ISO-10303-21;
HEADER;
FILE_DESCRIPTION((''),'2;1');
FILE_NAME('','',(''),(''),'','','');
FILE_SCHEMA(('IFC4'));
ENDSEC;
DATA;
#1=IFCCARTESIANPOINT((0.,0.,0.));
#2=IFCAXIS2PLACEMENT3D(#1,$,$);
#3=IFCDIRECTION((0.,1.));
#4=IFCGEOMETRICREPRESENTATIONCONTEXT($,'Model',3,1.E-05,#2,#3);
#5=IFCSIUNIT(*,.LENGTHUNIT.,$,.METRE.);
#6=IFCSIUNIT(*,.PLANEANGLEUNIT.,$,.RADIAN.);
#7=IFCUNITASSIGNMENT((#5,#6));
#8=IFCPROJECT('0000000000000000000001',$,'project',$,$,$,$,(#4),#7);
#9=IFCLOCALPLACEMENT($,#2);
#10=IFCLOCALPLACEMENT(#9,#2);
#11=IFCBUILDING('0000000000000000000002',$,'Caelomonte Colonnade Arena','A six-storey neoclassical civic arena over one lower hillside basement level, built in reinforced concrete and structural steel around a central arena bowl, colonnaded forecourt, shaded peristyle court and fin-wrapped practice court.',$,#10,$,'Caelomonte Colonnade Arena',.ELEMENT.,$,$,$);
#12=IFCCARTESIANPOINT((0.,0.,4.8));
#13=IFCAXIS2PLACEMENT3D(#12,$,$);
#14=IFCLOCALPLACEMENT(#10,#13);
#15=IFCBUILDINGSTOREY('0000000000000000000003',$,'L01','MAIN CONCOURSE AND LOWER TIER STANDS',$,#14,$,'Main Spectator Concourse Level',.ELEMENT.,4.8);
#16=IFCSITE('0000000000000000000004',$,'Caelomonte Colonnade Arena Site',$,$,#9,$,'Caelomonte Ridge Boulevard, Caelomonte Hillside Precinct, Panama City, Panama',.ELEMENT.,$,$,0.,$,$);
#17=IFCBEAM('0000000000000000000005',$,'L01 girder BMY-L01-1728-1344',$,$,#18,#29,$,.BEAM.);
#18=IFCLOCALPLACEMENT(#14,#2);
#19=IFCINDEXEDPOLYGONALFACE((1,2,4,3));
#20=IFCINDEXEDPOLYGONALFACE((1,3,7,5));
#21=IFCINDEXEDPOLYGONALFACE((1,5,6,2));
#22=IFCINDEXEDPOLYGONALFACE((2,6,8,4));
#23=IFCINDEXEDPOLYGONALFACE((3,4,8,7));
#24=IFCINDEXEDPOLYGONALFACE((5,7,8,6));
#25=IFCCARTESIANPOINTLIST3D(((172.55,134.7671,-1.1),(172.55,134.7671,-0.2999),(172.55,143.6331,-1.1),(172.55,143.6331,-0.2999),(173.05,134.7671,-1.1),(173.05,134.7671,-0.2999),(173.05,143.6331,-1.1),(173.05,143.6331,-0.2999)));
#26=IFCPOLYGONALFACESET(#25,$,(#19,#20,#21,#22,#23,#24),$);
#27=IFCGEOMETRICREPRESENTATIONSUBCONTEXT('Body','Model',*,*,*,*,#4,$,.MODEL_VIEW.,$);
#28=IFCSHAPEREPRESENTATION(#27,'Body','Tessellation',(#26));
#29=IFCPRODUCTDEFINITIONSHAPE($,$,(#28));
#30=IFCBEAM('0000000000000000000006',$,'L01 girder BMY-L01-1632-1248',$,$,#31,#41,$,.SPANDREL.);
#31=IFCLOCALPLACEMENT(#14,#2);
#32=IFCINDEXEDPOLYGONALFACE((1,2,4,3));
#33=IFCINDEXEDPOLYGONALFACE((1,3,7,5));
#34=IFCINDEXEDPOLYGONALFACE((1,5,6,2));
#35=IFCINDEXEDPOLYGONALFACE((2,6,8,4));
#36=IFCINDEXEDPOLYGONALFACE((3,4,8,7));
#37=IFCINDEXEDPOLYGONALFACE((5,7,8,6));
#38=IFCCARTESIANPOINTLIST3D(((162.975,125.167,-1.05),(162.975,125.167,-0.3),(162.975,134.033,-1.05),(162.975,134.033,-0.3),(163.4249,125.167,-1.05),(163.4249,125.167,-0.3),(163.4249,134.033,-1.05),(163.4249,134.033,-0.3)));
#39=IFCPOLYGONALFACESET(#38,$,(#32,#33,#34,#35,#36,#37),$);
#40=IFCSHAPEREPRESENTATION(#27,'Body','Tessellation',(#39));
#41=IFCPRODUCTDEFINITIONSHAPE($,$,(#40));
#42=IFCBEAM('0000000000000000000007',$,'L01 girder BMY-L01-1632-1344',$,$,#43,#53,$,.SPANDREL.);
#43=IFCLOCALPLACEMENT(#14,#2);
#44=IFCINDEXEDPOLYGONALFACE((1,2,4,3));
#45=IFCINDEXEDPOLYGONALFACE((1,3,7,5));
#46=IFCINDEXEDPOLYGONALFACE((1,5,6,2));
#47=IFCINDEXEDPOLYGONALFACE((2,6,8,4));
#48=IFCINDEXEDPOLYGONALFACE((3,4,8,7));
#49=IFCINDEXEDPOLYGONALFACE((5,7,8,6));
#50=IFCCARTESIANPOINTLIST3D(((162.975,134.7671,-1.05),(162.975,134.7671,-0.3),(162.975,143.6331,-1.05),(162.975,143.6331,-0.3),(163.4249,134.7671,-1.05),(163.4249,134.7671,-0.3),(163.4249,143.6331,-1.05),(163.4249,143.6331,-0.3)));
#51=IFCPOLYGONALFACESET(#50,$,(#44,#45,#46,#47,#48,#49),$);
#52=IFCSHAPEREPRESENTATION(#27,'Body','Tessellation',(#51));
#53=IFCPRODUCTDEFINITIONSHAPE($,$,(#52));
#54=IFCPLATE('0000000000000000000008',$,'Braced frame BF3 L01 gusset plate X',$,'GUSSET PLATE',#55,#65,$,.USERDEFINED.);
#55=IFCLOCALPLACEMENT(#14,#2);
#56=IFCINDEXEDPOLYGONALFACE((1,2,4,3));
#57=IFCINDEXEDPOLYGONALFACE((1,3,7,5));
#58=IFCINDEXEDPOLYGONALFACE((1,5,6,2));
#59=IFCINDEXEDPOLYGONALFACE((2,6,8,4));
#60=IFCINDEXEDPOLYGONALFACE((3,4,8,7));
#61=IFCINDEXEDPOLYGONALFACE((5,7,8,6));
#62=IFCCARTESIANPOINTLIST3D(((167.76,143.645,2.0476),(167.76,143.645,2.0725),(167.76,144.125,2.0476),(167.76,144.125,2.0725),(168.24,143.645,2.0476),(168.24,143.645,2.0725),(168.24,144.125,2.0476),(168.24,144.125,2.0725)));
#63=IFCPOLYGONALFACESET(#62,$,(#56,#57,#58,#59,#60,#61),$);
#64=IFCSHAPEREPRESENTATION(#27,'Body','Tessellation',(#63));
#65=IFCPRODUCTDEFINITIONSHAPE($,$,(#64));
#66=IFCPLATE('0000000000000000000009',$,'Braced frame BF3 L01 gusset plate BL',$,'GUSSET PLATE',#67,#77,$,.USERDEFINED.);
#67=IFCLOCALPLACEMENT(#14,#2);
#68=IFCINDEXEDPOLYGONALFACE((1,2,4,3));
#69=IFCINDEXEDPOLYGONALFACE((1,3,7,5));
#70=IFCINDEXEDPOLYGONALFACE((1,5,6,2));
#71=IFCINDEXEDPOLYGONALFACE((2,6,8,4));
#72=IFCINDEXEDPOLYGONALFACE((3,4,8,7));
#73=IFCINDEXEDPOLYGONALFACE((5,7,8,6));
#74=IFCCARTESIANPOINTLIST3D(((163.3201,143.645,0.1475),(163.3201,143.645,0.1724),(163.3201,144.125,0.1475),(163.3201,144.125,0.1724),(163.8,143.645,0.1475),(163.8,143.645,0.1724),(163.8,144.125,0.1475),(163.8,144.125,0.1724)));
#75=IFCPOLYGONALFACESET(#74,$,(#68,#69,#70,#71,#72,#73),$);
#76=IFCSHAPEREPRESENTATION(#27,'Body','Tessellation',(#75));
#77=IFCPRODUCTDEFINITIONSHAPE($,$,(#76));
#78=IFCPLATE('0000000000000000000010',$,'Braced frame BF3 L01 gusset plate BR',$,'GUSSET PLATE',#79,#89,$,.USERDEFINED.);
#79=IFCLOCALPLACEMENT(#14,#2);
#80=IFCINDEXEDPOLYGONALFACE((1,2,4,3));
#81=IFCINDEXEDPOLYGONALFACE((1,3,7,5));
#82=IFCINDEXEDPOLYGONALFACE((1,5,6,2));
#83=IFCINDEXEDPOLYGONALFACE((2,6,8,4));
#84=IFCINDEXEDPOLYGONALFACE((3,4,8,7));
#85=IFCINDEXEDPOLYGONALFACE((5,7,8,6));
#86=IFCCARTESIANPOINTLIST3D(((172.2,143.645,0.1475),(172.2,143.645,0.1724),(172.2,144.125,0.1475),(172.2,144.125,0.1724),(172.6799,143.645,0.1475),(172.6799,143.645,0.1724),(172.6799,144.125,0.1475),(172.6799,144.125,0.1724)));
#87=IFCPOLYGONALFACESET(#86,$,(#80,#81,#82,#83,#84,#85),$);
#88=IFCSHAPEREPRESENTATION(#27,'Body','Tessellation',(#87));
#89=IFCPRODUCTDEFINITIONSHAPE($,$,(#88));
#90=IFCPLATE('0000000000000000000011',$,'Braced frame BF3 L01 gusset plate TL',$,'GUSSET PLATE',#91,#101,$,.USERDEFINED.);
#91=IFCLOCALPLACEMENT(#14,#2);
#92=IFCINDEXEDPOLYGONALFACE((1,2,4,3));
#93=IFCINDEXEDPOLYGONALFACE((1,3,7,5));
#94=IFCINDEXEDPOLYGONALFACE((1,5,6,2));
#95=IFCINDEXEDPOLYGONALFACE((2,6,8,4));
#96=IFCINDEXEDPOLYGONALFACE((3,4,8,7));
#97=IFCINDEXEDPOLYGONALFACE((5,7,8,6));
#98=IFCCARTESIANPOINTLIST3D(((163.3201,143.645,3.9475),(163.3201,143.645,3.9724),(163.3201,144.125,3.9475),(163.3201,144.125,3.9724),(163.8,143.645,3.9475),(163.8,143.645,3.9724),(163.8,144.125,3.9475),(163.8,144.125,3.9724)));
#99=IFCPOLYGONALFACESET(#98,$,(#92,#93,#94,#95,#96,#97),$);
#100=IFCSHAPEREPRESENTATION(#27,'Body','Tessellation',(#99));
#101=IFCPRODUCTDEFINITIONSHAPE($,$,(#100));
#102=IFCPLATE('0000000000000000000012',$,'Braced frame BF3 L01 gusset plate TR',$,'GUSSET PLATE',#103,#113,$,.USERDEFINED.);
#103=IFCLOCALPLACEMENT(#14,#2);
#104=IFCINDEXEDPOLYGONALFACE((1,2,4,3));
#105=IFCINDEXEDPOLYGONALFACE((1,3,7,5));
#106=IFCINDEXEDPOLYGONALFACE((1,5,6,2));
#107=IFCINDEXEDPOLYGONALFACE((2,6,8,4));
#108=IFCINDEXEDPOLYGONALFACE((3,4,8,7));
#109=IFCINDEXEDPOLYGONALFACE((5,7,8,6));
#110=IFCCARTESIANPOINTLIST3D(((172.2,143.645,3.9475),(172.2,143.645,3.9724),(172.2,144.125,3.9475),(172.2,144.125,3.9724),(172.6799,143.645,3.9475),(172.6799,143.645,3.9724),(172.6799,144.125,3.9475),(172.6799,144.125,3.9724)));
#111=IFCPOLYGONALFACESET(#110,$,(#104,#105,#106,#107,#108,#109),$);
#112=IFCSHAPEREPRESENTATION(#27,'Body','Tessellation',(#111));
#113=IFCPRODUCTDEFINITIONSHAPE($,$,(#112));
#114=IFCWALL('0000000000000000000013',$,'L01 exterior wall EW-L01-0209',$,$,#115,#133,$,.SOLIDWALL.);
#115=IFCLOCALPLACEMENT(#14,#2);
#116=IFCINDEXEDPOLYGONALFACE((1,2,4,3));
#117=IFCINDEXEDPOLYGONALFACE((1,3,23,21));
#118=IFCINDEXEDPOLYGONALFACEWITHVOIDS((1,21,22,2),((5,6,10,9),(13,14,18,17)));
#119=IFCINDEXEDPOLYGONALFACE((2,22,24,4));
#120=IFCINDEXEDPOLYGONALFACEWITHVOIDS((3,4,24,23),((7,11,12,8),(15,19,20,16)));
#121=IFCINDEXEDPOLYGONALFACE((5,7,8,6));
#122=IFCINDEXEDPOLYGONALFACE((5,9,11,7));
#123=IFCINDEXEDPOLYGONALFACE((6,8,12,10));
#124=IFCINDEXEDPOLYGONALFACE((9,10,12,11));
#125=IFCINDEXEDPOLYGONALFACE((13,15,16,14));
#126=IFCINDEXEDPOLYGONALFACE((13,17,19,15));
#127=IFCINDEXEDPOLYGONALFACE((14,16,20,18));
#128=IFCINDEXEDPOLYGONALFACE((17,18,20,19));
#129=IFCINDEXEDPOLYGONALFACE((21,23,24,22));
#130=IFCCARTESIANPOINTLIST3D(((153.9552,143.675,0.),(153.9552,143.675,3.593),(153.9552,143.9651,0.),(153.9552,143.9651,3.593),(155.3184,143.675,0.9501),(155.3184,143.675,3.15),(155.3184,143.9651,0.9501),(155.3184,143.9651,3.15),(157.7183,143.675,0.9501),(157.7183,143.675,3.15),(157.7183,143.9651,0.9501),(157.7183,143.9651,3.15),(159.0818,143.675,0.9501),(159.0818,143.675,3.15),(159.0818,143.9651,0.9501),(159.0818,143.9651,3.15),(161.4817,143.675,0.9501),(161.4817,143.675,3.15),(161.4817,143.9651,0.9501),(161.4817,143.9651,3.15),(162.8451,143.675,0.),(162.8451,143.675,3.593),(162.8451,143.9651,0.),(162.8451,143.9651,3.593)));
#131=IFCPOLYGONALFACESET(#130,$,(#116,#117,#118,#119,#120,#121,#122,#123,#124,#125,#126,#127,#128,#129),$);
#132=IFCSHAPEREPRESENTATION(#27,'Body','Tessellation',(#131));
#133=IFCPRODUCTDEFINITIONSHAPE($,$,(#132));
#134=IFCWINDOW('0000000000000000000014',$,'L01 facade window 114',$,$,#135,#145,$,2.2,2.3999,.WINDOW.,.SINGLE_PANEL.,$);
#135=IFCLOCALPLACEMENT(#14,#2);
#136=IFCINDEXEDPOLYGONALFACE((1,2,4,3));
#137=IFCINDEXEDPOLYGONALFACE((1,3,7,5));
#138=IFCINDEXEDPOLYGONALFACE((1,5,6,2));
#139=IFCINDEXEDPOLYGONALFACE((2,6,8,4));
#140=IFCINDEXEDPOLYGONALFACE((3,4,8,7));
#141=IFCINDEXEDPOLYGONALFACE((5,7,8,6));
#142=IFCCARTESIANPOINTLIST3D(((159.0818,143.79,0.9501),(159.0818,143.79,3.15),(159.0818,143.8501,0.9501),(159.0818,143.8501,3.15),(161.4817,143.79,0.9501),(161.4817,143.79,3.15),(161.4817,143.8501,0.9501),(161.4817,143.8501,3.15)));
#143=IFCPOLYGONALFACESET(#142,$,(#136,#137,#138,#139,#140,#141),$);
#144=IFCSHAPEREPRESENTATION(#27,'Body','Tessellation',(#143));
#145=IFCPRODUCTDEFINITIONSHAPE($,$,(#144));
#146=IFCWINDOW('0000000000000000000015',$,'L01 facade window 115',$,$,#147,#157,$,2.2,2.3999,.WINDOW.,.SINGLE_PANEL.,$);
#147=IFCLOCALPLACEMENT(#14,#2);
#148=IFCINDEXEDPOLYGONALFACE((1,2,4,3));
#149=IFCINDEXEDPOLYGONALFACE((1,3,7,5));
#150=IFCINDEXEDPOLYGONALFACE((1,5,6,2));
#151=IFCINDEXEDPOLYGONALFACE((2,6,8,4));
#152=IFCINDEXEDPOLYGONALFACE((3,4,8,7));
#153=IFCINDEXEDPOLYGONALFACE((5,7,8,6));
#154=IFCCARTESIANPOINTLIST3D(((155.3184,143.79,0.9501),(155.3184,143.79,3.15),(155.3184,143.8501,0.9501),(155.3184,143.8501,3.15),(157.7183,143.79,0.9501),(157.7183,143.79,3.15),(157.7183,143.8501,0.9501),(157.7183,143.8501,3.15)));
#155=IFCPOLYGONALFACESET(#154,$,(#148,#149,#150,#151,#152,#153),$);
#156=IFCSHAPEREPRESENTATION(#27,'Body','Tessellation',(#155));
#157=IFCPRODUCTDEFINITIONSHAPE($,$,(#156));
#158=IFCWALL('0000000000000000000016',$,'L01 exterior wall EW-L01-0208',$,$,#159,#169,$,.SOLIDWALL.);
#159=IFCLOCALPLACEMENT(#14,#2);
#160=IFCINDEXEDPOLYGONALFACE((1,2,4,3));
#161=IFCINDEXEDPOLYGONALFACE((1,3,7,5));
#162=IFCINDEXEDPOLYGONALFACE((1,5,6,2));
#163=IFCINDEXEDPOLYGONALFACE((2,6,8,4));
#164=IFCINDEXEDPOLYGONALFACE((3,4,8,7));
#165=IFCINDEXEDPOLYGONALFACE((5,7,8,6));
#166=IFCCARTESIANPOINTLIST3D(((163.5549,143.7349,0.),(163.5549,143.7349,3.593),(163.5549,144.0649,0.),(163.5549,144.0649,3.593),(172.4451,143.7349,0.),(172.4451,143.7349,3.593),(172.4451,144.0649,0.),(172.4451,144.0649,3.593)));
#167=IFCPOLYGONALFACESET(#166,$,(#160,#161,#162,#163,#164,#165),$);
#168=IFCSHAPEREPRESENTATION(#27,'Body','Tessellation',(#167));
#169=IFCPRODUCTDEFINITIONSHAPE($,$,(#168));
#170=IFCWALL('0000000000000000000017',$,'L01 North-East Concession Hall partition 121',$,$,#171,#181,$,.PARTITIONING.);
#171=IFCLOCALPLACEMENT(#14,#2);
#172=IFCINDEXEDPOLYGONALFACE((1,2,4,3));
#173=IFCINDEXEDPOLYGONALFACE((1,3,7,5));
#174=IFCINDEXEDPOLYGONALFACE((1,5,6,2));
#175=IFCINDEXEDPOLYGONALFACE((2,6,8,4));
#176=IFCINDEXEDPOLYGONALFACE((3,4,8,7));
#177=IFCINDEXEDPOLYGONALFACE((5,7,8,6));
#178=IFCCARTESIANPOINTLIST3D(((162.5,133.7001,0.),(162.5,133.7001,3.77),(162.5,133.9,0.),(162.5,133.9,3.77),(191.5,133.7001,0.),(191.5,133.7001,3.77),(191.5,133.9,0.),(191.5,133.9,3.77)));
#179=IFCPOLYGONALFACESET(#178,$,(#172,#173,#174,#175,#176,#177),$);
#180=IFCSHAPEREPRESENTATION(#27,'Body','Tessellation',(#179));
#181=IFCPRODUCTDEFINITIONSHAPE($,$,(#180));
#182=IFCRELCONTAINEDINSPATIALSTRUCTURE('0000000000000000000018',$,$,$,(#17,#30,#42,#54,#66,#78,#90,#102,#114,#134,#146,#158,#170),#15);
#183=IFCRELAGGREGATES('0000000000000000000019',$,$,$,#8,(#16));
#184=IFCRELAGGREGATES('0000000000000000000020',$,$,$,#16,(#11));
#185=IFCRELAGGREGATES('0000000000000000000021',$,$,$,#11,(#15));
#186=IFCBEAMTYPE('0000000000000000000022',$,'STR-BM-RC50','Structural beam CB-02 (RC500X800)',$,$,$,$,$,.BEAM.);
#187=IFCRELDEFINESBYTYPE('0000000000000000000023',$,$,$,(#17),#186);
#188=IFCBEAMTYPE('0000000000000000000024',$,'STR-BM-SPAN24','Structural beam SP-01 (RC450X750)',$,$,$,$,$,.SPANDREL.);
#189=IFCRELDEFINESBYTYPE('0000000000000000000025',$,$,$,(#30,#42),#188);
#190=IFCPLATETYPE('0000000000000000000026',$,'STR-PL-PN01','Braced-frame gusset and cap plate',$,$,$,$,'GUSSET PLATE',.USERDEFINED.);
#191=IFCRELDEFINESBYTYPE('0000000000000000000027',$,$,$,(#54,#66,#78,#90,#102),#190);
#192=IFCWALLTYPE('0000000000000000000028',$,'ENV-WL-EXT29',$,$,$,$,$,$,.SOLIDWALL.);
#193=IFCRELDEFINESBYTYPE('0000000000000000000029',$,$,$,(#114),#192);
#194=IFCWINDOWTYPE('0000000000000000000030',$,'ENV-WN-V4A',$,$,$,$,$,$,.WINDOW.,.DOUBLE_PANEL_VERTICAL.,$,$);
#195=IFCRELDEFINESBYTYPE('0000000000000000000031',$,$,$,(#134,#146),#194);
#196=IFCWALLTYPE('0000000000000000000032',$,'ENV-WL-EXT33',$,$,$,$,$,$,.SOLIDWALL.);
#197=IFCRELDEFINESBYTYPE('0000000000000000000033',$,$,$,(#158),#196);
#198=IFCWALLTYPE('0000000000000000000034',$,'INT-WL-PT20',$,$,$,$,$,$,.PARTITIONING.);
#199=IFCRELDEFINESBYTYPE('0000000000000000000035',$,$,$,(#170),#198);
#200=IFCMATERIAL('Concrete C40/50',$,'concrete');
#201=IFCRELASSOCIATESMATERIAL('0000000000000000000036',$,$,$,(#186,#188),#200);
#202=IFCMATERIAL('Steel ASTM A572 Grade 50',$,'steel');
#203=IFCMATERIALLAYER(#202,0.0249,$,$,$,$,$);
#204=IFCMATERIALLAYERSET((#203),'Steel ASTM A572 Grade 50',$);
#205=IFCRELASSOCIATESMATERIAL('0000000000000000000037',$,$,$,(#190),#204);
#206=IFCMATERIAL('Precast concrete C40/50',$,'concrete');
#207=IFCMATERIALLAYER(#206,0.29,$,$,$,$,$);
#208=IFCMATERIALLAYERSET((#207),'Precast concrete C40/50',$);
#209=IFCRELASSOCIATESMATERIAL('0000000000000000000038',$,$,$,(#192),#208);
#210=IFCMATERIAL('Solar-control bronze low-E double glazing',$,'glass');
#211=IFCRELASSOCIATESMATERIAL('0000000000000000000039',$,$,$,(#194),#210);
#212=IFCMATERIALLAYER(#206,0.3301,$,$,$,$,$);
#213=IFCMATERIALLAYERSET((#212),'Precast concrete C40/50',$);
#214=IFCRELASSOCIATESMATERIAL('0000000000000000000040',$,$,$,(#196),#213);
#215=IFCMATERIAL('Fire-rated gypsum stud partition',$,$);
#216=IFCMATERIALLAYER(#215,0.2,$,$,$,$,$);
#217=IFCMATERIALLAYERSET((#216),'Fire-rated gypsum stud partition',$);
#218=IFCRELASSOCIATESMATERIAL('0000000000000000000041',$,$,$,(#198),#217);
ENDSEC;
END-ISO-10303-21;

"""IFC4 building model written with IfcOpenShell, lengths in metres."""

from ifc_helpers import new_model, si_unit, direction, frame, frame_2d, origin, origin_2d, place, context, subcontext, project, spatial, rectangle, extrude, material, layer, layer_set, material_profile, profile_set, type_object, element, fill, save


model = new_model("IFC4")

# Units and contexts
model_context = context("Model", 3, precision=1e-05, world=origin(), true_north=direction((0.0, 1.0)))
body_context = subcontext(model_context, "Body", "Model", "MODEL_VIEW")
ifc_project = project(units=[si_unit("LENGTHUNIT", "METRE"), si_unit("PLANEANGLEUNIT", "RADIAN")], contexts=[model_context])

# Site, building, storey
site_placement = place(None, origin())
site = spatial("IfcSite", under=ifc_project, at=site_placement, Name="Caelomonte Colonnade Arena Site", LongName="Caelomonte Ridge Boulevard, Caelomonte Hillside Precinct, Panama City, Panama", CompositionType="ELEMENT", RefElevation=0.0)
building_placement = place(site_placement, origin())
building = spatial("IfcBuilding", under=site, at=building_placement, Name="Caelomonte Colonnade Arena", Description="A six-storey neoclassical civic arena over one lower hillside basement level, built in reinforced concrete and structural steel around a central arena bowl, colonnaded forecourt, shaded peristyle court and fin-wrapped practice court.", LongName="Caelomonte Colonnade Arena", CompositionType="ELEMENT")
storey_placement = place(building_placement, frame((0.0, 0.0, 4.8)))
storey = spatial("IfcBuildingStorey", under=building, at=storey_placement, Name="L01", Description="MAIN CONCOURSE AND LOWER TIER STANDS", LongName="Main Spectator Concourse Level", CompositionType="ELEMENT", Elevation=4.8)

# Shared definitions
ifc_material_1 = material(Name="Concrete C40/50", Category="concrete")

# Beams
ifc_material_profile_1 = material_profile(ifc_material_1, rectangle(XDim=0.5, YDim=0.8, at=origin_2d()), Name="RC500X800")
ifc_profile_set_1 = profile_set([ifc_material_profile_1], Name="Concrete C40/50")
beam_type_1 = type_object("IfcBeamType", Name="STR-BM-RC50", Description="Structural beam CB-02 (RC500X800)", PredefinedType="BEAM", material=ifc_profile_set_1)
for number, where, z_axis, x_axis, name in (
    (1, (172.8, 134.7671, -0.7), (0.0, 1.0, 0.0), (-1.0, 0.0, 0.0), "L01 girder BMY-L01-1728-1344"),
):
    element("IfcBeam", number, at=place(storey_placement, frame(where, z_axis=z_axis, x_axis=x_axis)), inside=storey, type_object=beam_type_1, Name=name, PredefinedType="BEAM", context=body_context, shape_type="SweptSolid", body=[
        extrude(rectangle(XDim=0.5, YDim=0.8, at=origin_2d()), origin(), (0.0, 0.0, 1.0), 8.866),
    ])
ifc_material_profile_2 = material_profile(ifc_material_1, rectangle(XDim=0.45, YDim=0.75, at=origin_2d()), Name="RC450X750")
ifc_profile_set_2 = profile_set([ifc_material_profile_2], Name="Concrete C40/50")
beam_type_2 = type_object("IfcBeamType", Name="STR-BM-SPAN24", Description="Structural beam SP-01 (RC450X750)", PredefinedType="SPANDREL", material=ifc_profile_set_2)
for number, where, z_axis, x_axis, name in (
    (2, (163.2, 125.167, -0.675), (0.0, 1.0, 0.0), (-1.0, 0.0, 0.0), "L01 girder BMY-L01-1632-1248"),
    (3, (163.2, 134.7671, -0.675), (0.0, 1.0, 0.0), (-1.0, 0.0, 0.0), "L01 girder BMY-L01-1632-1344"),
):
    element("IfcBeam", number, at=place(storey_placement, frame(where, z_axis=z_axis, x_axis=x_axis)), inside=storey, type_object=beam_type_2, Name=name, PredefinedType="SPANDREL", context=body_context, shape_type="SweptSolid", body=[
        extrude(rectangle(XDim=0.45, YDim=0.75, at=origin_2d()), origin(), (0.0, 0.0, 1.0), 8.866),
    ])

# Plates
ifc_material_2 = material(Name="Steel ASTM A572 Grade 50", Category="steel")
ifc_layer_1 = layer(ifc_material_2, 0.0249)
ifc_layer_set_1 = layer_set([ifc_layer_1], Name="Steel ASTM A572 Grade 50")
plate_type = type_object("IfcPlateType", Name="STR-PL-PN01", Description="Braced-frame gusset and cap plate", ElementType="GUSSET PLATE", PredefinedType="USERDEFINED", material=ifc_layer_set_1)
for number, where, z_axis, x_axis, name in (
    (4, (168.0, 143.885, 2.0476), (0.0, 0.0, 1.0), (1.0, 0.0, 0.0), "Braced frame BF3 L01 gusset plate X"),
    (5, (163.5601, 143.885, 0.1475), (0.0, 0.0, 1.0), (1.0, 0.0, 0.0), "Braced frame BF3 L01 gusset plate BL"),
    (6, (172.4399, 143.885, 0.1475), (0.0, 0.0, 1.0), (1.0, 0.0, 0.0), "Braced frame BF3 L01 gusset plate BR"),
    (7, (163.5601, 143.885, 3.9475), (0.0, 0.0, 1.0), (1.0, 0.0, 0.0), "Braced frame BF3 L01 gusset plate TL"),
    (8, (172.4399, 143.885, 3.9475), (0.0, 0.0, 1.0), (1.0, 0.0, 0.0), "Braced frame BF3 L01 gusset plate TR"),
):
    element("IfcPlate", number, at=place(storey_placement, frame(where, z_axis=z_axis, x_axis=x_axis)), inside=storey, type_object=plate_type, Name=name, ObjectType="GUSSET PLATE", PredefinedType="USERDEFINED", context=body_context, shape_type="SweptSolid", body=[
        extrude(rectangle(XDim=0.48, YDim=0.48, at=origin_2d()), origin(), (0.0, 0.0, 1.0), 0.0249),
    ])

# Wall, openings, windows
ifc_material_3 = material(Name="Precast concrete C40/50", Category="concrete")
ifc_layer_2 = layer(ifc_material_3, 0.29)
ifc_layer_set_2 = layer_set([ifc_layer_2], Name="Precast concrete C40/50")
wall_type_1 = type_object("IfcWallType", Name="ENV-WL-EXT29", PredefinedType="SOLIDWALL", material=ifc_layer_set_2)
wall_1_placement = place(storey_placement, frame((162.845, 143.8201, 0.0), z_axis=(0.0, 0.0, 1.0), x_axis=(-1.0, 0.0, 0.0)))
wall_1 = element("IfcWall", 9, at=wall_1_placement, inside=storey, type_object=wall_type_1, Name="L01 exterior wall EW-L01-0209", PredefinedType="SOLIDWALL", context=body_context, shape_type="SweptSolid", body=[
    extrude(rectangle(XDim=8.8899, YDim=0.29, at=frame_2d((4.4448, 0.0))), origin(), (0.0, 0.0, 1.0), 3.593),
])
opening_1_placement = place(wall_1_placement, frame((3.7632, 0.0, 0.95), z_axis=(0.0, 0.0, 1.0), x_axis=(-1.0, 0.0, 0.0)))
opening_1 = element("IfcOpeningElement", 10, at=opening_1_placement, cuts=wall_1, PredefinedType="OPENING", context=body_context, shape_type="SweptSolid", body=[
    extrude(rectangle(XDim=2.3999, YDim=2.2, at=frame_2d((1.2, 1.1001))), frame((0.0, 0.155, 0.0), z_axis=(0.0, -1.0, 0.0), x_axis=(1.0, 0.0, 0.0)), (0.0, 0.0, 1.0), 0.3101),
])
opening_2_placement = place(wall_1_placement, frame((7.5266, 0.0, 0.95), z_axis=(0.0, 0.0, 1.0), x_axis=(-1.0, 0.0, 0.0)))
opening_2 = element("IfcOpeningElement", 11, at=opening_2_placement, cuts=wall_1, PredefinedType="OPENING", context=body_context, shape_type="SweptSolid", body=[
    extrude(rectangle(XDim=2.3999, YDim=2.2, at=frame_2d((1.2, 1.1001))), frame((0.0, 0.155, 0.0), z_axis=(0.0, -1.0, 0.0), x_axis=(1.0, 0.0, 0.0)), (0.0, 0.0, 1.0), 0.3101),
])
ifc_material_4 = material(Name="Solar-control bronze low-E double glazing", Category="glass")
window_type = type_object("IfcWindowType", Name="ENV-WN-V4A", PartitioningType="DOUBLE_PANEL_VERTICAL", PredefinedType="WINDOW", material=ifc_material_4)
window_1_placement = place(opening_1_placement, origin())
window_1 = element("IfcWindow", 12, at=window_1_placement, inside=storey, type_object=window_type, Name="L01 facade window 114", OverallHeight=2.2, OverallWidth=2.3999, PartitioningType="SINGLE_PANEL", PredefinedType="WINDOW", context=body_context, shape_type="SweptSolid", body=[
    extrude(rectangle(XDim=2.3999, YDim=2.2, at=frame_2d((1.2, 1.1001))), frame((0.0, 0.03, 0.0), z_axis=(0.0, -1.0, 0.0), x_axis=(1.0, 0.0, 0.0)), (0.0, 0.0, 1.0), 0.0601),
])
fill(opening_1, window_1)
window_2_placement = place(opening_2_placement, origin())
window_2 = element("IfcWindow", 13, at=window_2_placement, inside=storey, type_object=window_type, Name="L01 facade window 115", OverallHeight=2.2, OverallWidth=2.3999, PartitioningType="SINGLE_PANEL", PredefinedType="WINDOW", context=body_context, shape_type="SweptSolid", body=[
    extrude(rectangle(XDim=2.3999, YDim=2.2, at=frame_2d((1.2, 1.1001))), frame((0.0, 0.03, 0.0), z_axis=(0.0, -1.0, 0.0), x_axis=(1.0, 0.0, 0.0)), (0.0, 0.0, 1.0), 0.0601),
])
fill(opening_2, window_2)

# Walls
ifc_layer_3 = layer(ifc_material_3, 0.3301)
ifc_layer_set_3 = layer_set([ifc_layer_3], Name="Precast concrete C40/50")
wall_type_2 = type_object("IfcWallType", Name="ENV-WL-EXT33", PredefinedType="SOLIDWALL", material=ifc_layer_set_3)
wall_2_placement = place(storey_placement, frame((172.4451, 143.8999, 0.0), z_axis=(0.0, 0.0, 1.0), x_axis=(-1.0, 0.0, 0.0)))
element("IfcWall", 14, at=wall_2_placement, inside=storey, type_object=wall_type_2, Name="L01 exterior wall EW-L01-0208", PredefinedType="SOLIDWALL", context=body_context, shape_type="SweptSolid", body=[
    extrude(rectangle(XDim=8.8901, YDim=0.3301, at=frame_2d((4.4451, 0.0))), origin(), (0.0, 0.0, 1.0), 3.593),
])
ifc_material_5 = material(Name="Fire-rated gypsum stud partition")
ifc_layer_4 = layer(ifc_material_5, 0.2)
ifc_layer_set_4 = layer_set([ifc_layer_4], Name="Fire-rated gypsum stud partition")
wall_type_3 = type_object("IfcWallType", Name="INT-WL-PT20", PredefinedType="PARTITIONING", material=ifc_layer_set_4)
wall_3_placement = place(storey_placement, frame((162.5, 133.8, 0.0), z_axis=(0.0, 0.0, 1.0), x_axis=(1.0, 0.0, 0.0)))
element("IfcWall", 15, at=wall_3_placement, inside=storey, type_object=wall_type_3, Name="L01 North-East Concession Hall partition 121", PredefinedType="PARTITIONING", context=body_context, shape_type="SweptSolid", body=[
    extrude(rectangle(XDim=29.0, YDim=0.2, at=frame_2d((14.5, 0.0))), origin(), (0.0, 0.0, 1.0), 3.77),
])

save(model, "model.ifc")
